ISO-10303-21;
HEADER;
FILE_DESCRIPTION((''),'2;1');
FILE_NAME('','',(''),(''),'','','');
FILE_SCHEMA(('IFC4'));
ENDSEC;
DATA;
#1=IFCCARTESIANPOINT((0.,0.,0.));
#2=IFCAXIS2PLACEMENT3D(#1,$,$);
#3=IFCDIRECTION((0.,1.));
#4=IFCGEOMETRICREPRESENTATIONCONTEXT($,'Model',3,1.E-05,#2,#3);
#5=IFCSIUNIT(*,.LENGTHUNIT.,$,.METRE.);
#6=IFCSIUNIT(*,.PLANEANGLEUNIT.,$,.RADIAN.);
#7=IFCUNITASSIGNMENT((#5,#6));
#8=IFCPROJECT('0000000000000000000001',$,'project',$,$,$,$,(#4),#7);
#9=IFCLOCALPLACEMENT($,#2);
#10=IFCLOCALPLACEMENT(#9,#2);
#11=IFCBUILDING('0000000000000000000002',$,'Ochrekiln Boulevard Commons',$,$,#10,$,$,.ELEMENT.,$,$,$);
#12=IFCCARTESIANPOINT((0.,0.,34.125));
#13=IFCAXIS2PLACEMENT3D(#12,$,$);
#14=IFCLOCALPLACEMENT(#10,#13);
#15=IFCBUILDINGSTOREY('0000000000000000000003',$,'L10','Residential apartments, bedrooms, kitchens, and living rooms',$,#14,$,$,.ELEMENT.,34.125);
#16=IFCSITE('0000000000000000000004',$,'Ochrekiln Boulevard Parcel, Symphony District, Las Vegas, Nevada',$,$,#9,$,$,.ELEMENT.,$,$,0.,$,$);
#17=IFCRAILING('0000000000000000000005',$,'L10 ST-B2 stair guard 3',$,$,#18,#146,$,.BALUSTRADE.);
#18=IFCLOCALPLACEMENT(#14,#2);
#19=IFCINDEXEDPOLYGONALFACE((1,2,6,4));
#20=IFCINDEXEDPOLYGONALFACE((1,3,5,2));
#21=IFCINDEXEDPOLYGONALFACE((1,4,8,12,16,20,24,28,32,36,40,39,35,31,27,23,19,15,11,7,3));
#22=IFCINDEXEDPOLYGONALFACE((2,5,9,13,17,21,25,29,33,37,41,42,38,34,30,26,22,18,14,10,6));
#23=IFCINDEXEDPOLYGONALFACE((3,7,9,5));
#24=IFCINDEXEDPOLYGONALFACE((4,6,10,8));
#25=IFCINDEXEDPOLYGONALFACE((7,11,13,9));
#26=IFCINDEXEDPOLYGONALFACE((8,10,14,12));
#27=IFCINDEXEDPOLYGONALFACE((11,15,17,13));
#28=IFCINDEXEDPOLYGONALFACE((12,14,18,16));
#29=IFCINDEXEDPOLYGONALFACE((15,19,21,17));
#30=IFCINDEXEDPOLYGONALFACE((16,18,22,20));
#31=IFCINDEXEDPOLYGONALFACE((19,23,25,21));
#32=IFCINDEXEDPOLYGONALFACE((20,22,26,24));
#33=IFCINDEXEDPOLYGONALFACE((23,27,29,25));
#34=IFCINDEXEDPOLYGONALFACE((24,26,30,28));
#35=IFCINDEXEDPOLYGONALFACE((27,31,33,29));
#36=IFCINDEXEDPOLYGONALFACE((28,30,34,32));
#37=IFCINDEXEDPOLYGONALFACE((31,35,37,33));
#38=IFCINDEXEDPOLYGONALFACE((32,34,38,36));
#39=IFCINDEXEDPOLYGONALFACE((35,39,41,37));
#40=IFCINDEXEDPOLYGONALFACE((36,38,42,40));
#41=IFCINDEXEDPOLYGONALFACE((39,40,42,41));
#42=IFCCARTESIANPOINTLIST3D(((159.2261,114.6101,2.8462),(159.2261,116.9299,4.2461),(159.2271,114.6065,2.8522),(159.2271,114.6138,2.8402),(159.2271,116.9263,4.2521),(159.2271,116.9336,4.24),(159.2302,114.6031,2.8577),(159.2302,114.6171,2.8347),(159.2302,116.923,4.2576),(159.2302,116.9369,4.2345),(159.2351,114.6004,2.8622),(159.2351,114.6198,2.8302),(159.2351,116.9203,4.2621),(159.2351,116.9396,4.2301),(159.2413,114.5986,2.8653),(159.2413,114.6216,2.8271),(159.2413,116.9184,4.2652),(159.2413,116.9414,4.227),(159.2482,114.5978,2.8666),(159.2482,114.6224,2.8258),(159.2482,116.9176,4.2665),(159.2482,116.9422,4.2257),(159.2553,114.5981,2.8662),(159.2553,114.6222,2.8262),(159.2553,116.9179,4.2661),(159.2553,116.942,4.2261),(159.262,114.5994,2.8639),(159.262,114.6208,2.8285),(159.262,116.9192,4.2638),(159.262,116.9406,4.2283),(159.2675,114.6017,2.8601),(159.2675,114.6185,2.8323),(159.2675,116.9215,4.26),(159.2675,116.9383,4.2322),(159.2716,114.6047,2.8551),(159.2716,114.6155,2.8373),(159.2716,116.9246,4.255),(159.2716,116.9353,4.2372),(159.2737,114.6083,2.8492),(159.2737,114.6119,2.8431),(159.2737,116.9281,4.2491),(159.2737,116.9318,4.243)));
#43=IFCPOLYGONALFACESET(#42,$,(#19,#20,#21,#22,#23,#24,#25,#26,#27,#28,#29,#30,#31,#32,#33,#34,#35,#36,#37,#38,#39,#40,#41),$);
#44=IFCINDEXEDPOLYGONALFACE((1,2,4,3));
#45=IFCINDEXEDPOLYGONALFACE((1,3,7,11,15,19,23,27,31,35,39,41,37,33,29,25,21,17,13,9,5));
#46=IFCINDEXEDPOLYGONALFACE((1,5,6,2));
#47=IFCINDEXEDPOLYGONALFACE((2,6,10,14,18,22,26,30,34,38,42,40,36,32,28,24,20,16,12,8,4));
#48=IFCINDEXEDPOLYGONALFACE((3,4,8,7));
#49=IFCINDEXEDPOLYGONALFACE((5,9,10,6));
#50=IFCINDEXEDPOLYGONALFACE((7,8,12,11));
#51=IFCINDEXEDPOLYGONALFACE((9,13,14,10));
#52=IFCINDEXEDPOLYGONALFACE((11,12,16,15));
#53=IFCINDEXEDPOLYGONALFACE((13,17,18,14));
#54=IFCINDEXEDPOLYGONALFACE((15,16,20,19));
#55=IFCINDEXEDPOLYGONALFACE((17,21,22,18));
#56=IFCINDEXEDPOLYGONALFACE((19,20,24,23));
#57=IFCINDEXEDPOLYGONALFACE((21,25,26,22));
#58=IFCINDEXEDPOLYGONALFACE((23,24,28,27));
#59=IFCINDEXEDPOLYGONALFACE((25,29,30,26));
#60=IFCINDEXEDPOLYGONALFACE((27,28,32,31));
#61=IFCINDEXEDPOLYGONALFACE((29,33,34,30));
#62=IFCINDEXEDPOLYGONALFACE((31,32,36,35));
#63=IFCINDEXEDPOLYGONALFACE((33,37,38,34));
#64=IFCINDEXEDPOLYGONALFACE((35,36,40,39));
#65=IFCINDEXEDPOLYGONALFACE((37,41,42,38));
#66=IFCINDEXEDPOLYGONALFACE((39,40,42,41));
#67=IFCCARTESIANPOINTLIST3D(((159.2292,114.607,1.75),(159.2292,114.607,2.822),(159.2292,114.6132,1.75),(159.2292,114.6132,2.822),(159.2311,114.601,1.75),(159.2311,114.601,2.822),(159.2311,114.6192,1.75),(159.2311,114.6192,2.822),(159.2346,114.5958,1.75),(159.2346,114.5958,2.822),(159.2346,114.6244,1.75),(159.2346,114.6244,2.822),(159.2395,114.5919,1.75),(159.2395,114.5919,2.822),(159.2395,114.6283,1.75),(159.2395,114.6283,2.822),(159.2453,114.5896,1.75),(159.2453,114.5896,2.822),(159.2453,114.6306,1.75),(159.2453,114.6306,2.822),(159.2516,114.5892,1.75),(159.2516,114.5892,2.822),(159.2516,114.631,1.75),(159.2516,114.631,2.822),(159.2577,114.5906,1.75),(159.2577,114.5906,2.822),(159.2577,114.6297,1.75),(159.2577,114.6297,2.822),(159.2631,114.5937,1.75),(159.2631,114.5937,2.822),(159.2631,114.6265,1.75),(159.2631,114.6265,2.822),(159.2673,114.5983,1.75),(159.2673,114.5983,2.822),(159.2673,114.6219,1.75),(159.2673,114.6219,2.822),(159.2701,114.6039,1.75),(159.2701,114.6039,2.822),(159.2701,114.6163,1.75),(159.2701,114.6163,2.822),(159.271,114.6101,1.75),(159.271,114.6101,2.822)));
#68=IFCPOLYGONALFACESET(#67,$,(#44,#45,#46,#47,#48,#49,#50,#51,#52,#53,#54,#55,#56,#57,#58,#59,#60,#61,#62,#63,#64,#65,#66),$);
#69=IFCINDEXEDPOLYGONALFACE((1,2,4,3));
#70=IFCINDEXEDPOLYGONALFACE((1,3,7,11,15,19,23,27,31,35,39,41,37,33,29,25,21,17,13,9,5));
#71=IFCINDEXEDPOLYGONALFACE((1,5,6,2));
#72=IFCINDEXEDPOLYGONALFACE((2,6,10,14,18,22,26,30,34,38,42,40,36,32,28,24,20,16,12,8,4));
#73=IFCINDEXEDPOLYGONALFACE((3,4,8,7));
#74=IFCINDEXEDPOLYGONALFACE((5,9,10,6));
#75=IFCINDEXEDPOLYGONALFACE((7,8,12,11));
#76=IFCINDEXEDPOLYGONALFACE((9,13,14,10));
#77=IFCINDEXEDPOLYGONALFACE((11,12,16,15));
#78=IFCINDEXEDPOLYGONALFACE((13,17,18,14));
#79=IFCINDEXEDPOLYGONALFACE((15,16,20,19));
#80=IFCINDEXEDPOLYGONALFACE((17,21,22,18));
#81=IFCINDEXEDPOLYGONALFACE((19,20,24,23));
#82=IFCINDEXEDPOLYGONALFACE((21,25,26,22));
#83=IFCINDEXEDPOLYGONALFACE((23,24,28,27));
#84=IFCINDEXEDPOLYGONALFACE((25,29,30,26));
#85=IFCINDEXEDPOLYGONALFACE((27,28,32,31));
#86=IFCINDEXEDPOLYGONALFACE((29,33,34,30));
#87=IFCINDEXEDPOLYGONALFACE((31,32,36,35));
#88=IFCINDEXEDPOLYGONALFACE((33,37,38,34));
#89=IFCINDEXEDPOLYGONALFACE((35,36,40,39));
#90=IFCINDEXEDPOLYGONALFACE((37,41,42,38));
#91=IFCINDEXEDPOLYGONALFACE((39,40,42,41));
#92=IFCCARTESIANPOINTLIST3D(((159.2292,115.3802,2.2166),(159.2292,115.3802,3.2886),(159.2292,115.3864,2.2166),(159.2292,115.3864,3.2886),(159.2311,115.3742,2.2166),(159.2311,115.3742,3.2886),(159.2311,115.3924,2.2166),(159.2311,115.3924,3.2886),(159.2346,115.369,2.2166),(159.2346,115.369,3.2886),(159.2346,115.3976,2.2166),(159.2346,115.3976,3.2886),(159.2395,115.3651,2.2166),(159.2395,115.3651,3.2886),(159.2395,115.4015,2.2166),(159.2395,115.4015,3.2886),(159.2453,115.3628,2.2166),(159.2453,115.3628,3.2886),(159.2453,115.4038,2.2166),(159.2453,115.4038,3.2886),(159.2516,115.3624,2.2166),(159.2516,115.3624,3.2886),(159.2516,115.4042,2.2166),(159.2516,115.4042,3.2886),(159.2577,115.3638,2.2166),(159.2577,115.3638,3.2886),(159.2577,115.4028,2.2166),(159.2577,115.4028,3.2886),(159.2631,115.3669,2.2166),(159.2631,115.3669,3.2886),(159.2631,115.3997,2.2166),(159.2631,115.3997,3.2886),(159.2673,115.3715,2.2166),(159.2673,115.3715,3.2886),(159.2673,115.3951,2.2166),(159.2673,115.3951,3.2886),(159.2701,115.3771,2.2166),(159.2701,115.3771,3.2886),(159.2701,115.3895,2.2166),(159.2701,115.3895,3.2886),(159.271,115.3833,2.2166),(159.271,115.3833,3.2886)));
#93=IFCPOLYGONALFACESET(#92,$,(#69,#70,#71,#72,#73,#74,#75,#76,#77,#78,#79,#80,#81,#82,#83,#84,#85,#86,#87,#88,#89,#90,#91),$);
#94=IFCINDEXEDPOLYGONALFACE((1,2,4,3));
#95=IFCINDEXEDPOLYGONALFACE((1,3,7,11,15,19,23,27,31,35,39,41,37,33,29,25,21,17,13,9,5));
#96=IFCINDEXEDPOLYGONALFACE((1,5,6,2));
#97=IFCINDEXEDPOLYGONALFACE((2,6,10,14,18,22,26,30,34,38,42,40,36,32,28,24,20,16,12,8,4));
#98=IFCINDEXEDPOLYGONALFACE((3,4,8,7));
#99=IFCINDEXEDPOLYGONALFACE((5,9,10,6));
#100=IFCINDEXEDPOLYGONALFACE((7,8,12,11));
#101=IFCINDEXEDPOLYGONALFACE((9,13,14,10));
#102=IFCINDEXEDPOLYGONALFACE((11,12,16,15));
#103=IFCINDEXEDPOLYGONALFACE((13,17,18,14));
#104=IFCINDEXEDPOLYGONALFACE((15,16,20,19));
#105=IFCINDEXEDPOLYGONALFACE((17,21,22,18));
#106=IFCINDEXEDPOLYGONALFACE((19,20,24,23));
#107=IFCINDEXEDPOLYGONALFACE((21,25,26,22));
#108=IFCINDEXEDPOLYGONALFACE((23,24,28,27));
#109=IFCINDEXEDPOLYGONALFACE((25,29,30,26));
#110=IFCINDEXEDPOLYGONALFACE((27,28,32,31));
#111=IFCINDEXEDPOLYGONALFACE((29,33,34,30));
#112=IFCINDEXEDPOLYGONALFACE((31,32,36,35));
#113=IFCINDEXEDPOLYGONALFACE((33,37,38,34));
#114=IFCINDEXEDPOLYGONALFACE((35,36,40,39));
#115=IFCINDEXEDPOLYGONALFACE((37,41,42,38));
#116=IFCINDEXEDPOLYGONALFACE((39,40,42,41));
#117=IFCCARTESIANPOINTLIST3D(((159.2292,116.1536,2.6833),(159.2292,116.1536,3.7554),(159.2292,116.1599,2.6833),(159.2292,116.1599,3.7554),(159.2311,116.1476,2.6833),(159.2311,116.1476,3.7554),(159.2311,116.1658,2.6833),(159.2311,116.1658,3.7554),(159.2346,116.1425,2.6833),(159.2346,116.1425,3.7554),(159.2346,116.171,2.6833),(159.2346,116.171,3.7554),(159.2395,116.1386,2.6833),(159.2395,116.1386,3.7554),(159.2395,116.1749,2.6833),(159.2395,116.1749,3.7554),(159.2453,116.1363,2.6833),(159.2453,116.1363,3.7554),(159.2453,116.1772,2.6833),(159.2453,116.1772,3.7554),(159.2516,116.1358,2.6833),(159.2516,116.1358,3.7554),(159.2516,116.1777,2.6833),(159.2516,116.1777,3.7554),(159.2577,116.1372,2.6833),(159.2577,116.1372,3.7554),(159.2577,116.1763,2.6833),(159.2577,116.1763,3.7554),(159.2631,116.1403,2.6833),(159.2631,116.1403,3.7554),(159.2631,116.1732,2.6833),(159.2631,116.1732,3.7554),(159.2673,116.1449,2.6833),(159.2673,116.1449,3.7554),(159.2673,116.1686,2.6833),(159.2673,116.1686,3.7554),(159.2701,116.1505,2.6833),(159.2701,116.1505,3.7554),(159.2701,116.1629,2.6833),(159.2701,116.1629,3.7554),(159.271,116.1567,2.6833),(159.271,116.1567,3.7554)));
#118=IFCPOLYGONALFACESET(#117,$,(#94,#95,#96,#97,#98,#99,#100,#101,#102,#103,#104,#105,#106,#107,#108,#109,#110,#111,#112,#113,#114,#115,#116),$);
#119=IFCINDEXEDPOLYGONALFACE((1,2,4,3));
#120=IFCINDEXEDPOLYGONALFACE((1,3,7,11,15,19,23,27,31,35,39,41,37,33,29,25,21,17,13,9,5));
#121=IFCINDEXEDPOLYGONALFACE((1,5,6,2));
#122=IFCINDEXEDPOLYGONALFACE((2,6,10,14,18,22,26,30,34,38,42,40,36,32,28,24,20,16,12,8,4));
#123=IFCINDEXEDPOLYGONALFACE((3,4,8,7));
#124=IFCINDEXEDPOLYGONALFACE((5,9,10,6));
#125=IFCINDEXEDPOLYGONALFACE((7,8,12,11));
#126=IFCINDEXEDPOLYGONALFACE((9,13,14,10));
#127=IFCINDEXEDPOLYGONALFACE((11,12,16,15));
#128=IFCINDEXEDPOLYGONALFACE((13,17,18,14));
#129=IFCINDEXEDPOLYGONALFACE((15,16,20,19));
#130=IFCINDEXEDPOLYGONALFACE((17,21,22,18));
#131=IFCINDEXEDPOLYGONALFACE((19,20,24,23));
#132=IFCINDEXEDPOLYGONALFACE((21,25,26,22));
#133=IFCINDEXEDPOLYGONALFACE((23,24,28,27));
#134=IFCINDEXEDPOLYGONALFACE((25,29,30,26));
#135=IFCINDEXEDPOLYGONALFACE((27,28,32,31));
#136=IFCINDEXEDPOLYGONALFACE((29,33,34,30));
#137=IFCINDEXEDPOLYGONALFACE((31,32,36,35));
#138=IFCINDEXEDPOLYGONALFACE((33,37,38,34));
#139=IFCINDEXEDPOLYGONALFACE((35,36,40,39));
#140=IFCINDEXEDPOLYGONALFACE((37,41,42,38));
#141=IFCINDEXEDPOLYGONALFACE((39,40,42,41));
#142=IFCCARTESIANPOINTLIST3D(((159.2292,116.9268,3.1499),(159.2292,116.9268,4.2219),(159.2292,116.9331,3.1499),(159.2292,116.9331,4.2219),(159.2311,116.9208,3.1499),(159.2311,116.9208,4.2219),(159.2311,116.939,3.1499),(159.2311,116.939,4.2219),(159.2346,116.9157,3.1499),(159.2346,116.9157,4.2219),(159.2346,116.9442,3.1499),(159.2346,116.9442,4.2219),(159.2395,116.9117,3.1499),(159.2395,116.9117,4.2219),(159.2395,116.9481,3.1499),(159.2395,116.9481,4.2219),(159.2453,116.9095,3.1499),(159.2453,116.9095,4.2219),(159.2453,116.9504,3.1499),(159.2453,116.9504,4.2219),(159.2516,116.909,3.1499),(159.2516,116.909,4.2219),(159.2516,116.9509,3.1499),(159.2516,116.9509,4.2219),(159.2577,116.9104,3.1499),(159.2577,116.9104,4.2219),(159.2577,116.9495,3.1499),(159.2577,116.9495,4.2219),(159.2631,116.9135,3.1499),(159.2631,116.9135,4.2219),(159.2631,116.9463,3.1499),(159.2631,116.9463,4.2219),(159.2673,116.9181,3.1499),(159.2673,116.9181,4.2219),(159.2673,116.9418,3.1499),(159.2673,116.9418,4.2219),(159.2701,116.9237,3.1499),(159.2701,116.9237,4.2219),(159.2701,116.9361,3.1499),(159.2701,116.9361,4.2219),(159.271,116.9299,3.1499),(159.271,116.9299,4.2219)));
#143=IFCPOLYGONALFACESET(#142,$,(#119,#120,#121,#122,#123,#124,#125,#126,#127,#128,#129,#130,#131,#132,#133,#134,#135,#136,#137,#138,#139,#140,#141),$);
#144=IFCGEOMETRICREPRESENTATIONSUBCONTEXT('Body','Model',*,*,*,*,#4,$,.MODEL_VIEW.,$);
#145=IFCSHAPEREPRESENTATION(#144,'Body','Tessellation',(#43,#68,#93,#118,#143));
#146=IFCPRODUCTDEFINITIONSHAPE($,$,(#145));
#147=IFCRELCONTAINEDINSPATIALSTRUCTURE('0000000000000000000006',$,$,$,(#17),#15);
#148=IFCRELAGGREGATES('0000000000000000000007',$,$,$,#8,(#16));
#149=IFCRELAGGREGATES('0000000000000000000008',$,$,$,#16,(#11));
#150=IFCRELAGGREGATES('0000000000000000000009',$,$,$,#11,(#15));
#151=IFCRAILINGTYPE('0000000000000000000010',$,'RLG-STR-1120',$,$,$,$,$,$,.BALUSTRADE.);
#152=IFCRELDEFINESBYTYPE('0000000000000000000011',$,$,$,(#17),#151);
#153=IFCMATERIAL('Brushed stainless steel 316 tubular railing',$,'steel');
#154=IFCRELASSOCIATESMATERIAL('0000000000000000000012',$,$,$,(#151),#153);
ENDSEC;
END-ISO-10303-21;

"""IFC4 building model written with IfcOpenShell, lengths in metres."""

from ifc_helpers import new_model, si_unit, direction, frame, origin, origin_2d, place, context, subcontext, project, spatial, circle, extrude, material, type_object, element, save


model = new_model("IFC4")

# Units and contexts
model_context = context("Model", 3, precision=1e-05, world=origin(), true_north=direction((0.0, 1.0)))
body_context = subcontext(model_context, "Body", "Model", "MODEL_VIEW")
ifc_project = project(units=[si_unit("LENGTHUNIT", "METRE"), si_unit("PLANEANGLEUNIT", "RADIAN")], contexts=[model_context])

# Site, building, storey
site_placement = place(None, origin())
site = spatial("IfcSite", under=ifc_project, at=site_placement, Name="Ochrekiln Boulevard Parcel, Symphony District, Las Vegas, Nevada", CompositionType="ELEMENT", RefElevation=0.0)
building_placement = place(site_placement, origin())
building = spatial("IfcBuilding", under=site, at=building_placement, Name="Ochrekiln Boulevard Commons", CompositionType="ELEMENT")
storey_placement = place(building_placement, frame((0.0, 0.0, 34.125)))
storey = spatial("IfcBuildingStorey", under=building, at=storey_placement, Name="L10", Description="Residential apartments, bedrooms, kitchens, and living rooms", CompositionType="ELEMENT", Elevation=34.125)

# Railing
ifc_material_1 = material(Name="Brushed stainless steel 316 tubular railing", Category="steel")
railing_type_1 = type_object("IfcRailingType", Name="RLG-STR-1120", PredefinedType="BALUSTRADE", material=ifc_material_1)
railing_1_placement = place(storey_placement, frame((159.25, 114.6101, 1.75)))
element("IfcRailing", 1, at=railing_1_placement, inside=storey, type_object=railing_type_1, Name="L10 ST-B2 stair guard 3", PredefinedType="BALUSTRADE", context=body_context, shape_type="SweptSolid", body=[
    extrude(circle(Radius=0.0239, at=origin_2d()), frame((0.0, 0.0, 1.0962), z_axis=(0.0, 0.856186, 0.516667), x_axis=(-1.0, 0.0, 0.0)), (0.0, 0.0, 1.0), 2.7095),
    extrude(circle(Radius=0.021, at=origin_2d()), origin(), (0.0, 0.0, 1.0), 1.072),
    extrude(circle(Radius=0.021, at=origin_2d()), frame((0.0, 0.7732, 0.4666)), (0.0, 0.0, 1.0), 1.072),
    extrude(circle(Radius=0.021, at=origin_2d()), frame((0.0, 1.5466, 0.9333)), (0.0, 0.0, 1.0), 1.072),
    extrude(circle(Radius=0.021, at=origin_2d()), frame((0.0, 2.3198, 1.3999)), (0.0, 0.0, 1.0), 1.072),
])

save(model, "model.ifc")
